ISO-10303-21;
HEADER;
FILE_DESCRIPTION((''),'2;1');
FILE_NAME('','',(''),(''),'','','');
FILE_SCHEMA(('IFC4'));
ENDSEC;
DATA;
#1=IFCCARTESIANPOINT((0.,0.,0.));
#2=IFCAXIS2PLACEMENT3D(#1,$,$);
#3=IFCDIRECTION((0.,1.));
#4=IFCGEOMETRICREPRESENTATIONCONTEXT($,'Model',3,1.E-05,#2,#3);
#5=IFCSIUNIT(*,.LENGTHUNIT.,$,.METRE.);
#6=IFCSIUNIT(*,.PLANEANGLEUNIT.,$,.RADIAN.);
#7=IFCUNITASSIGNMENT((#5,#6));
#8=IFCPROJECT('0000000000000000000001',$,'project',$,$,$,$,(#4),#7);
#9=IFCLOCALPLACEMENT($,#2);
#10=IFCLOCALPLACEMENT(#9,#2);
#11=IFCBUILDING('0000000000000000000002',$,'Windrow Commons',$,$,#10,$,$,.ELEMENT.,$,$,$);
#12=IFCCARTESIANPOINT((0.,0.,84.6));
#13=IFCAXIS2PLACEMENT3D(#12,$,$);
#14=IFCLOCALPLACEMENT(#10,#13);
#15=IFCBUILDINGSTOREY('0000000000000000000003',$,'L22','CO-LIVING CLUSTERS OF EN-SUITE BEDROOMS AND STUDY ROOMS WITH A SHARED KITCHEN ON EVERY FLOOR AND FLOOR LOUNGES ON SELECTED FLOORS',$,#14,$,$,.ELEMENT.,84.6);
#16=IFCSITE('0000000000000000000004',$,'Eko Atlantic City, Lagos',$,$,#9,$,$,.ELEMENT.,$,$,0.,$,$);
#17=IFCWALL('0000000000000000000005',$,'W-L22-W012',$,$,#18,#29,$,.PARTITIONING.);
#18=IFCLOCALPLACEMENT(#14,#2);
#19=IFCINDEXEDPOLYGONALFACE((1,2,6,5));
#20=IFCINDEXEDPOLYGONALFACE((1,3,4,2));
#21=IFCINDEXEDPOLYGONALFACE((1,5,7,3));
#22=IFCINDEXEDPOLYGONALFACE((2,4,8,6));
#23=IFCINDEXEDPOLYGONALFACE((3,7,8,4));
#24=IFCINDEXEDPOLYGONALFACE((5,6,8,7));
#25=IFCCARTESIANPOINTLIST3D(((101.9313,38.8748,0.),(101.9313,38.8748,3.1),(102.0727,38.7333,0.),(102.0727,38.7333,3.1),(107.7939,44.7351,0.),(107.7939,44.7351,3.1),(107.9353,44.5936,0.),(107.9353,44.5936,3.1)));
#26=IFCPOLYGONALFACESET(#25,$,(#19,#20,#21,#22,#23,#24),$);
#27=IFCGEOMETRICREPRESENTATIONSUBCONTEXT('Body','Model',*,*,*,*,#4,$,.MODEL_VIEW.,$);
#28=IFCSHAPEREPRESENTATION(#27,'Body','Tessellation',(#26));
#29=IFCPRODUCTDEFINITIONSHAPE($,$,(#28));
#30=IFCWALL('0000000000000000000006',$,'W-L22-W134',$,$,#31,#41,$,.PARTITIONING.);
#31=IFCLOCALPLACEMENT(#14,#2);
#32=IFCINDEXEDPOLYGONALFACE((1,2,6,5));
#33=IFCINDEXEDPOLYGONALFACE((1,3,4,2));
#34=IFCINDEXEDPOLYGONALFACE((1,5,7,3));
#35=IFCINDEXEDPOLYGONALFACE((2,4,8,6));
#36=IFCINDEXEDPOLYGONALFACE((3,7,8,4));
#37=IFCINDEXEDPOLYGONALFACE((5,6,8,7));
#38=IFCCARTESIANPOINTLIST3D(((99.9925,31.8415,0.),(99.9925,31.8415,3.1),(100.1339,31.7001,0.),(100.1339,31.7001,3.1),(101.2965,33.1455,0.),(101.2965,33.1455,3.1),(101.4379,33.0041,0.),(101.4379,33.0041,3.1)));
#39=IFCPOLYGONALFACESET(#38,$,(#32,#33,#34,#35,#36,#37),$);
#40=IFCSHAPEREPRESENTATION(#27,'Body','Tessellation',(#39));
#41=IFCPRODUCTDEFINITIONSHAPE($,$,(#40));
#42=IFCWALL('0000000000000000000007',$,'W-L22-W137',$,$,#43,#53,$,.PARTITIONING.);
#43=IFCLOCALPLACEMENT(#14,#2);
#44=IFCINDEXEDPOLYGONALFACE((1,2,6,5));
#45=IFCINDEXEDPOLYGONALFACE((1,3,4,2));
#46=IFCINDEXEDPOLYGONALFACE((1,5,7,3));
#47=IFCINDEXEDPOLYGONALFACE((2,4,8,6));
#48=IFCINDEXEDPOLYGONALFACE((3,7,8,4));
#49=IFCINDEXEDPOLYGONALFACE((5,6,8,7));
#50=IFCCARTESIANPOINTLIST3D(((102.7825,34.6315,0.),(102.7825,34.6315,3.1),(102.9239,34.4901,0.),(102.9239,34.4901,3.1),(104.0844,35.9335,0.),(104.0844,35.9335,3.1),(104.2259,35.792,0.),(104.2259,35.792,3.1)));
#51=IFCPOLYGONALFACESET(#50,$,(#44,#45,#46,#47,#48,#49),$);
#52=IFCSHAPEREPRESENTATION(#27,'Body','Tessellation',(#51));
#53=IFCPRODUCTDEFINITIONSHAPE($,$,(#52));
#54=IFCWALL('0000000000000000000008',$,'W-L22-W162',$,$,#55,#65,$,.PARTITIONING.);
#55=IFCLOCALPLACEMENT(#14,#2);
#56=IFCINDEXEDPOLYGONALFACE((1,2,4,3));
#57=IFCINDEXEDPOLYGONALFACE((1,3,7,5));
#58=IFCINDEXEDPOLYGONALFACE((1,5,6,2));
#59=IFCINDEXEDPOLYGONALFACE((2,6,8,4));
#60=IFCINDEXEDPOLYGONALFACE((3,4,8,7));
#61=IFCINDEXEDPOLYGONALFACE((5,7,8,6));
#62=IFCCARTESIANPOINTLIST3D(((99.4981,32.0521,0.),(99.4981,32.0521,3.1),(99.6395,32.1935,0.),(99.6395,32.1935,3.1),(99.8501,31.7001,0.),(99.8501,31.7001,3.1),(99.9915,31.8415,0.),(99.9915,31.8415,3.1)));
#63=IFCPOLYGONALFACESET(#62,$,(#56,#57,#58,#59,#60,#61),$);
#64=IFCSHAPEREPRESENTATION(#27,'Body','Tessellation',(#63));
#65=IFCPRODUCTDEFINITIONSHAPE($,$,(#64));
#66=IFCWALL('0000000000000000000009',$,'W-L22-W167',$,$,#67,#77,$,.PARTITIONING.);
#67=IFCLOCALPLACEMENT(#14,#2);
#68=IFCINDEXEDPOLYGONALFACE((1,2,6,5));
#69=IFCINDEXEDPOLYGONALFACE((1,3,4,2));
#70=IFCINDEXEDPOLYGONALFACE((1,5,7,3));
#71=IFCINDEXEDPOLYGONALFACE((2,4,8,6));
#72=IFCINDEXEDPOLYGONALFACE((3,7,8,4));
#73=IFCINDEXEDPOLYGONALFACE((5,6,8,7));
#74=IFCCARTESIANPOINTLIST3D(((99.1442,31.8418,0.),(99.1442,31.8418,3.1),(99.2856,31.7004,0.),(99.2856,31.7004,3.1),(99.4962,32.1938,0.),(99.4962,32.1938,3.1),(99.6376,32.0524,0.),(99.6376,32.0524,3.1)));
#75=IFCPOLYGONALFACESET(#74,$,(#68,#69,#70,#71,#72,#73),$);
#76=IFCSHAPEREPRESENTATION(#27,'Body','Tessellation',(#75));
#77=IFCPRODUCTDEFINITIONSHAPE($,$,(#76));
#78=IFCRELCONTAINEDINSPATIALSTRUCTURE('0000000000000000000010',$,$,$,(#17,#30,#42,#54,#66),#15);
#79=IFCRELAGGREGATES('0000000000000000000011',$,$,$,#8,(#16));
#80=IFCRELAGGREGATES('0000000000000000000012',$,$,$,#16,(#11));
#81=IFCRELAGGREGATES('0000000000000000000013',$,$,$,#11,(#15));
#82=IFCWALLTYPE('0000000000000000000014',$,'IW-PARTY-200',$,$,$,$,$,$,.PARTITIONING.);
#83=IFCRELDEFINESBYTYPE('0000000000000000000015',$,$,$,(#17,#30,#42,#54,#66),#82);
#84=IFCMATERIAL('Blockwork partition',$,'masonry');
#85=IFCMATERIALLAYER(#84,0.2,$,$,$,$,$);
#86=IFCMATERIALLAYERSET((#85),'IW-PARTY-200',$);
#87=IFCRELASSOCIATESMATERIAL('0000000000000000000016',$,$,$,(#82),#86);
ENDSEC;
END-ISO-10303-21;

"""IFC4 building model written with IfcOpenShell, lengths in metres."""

from ifc_helpers import new_model, si_unit, direction, frame, frame_2d, origin, place, context, subcontext, project, spatial, rectangle, extrude, material, layer, layer_set, type_object, element, save


model = new_model("IFC4")

# Units and contexts
model_context = context("Model", 3, precision=1e-05, world=origin(), true_north=direction((0.0, 1.0)))
body_context = subcontext(model_context, "Body", "Model", "MODEL_VIEW")
ifc_project = project(units=[si_unit("LENGTHUNIT", "METRE"), si_unit("PLANEANGLEUNIT", "RADIAN")], contexts=[model_context])

# Site, building, storey
site_placement = place(None, origin())
site = spatial("IfcSite", under=ifc_project, at=site_placement, Name="Eko Atlantic City, Lagos", CompositionType="ELEMENT", RefElevation=0.0)
building_placement = place(site_placement, origin())
building = spatial("IfcBuilding", under=site, at=building_placement, Name="Windrow Commons", CompositionType="ELEMENT")
storey_placement = place(building_placement, frame((0.0, 0.0, 84.6)))
storey = spatial("IfcBuildingStorey", under=building, at=storey_placement, Name="L22", Description="CO-LIVING CLUSTERS OF EN-SUITE BEDROOMS AND STUDY ROOMS WITH A SHARED KITCHEN ON EVERY FLOOR AND FLOOR LOUNGES ON SELECTED FLOORS", CompositionType="ELEMENT", Elevation=84.6)

# Walls
ifc_material_1 = material(Name="Blockwork partition", Category="masonry")
ifc_layer_1 = layer(ifc_material_1, 0.2)
ifc_layer_set_1 = layer_set([ifc_layer_1], Name="IW-PARTY-200")
wall_type_1 = type_object("IfcWallType", Name="IW-PARTY-200", PredefinedType="PARTITIONING", material=ifc_layer_set_1)
wall_1_placement = place(storey_placement, frame((102.002, 38.804, 0.0), z_axis=(0.0, 0.0, 1.0), x_axis=(0.707239, 0.706974, 0.0)))
element("IfcWall", 1, at=wall_1_placement, inside=storey, type_object=wall_type_1, Name="W-L22-W012", PredefinedType="PARTITIONING", context=body_context, shape_type="SweptSolid", body=[
    extrude(rectangle(XDim=8.2893, YDim=0.2, at=frame_2d((4.1447, 0.0))), origin(), (0.0, 0.0, 1.0), 3.1),
])
wall_2_placement = place(storey_placement, frame((100.0632, 31.7708, 0.0), z_axis=(0.0, 0.0, 1.0), x_axis=(0.707107, 0.707107, 0.0)))
element("IfcWall", 2, at=wall_2_placement, inside=storey, type_object=wall_type_1, Name="W-L22-W134", PredefinedType="PARTITIONING", context=body_context, shape_type="SweptSolid", body=[
    extrude(rectangle(XDim=1.8441, YDim=0.2, at=frame_2d((0.9221, 0.0))), origin(), (0.0, 0.0, 1.0), 3.1),
])
wall_3_placement = place(storey_placement, frame((102.8532, 34.5608, 0.0), z_axis=(0.0, 0.0, 1.0), x_axis=(0.707107, 0.707107, 0.0)))
element("IfcWall", 3, at=wall_3_placement, inside=storey, type_object=wall_type_1, Name="W-L22-W137", PredefinedType="PARTITIONING", context=body_context, shape_type="SweptSolid", body=[
    extrude(rectangle(XDim=1.8413, YDim=0.2, at=frame_2d((0.9206, 0.0))), origin(), (0.0, 0.0, 1.0), 3.1),
])
for number, where, z_axis, x_axis, name in (
    (4, (99.5688, 32.1228, 0.0), (0.0, 0.0, 1.0), (0.707107, -0.707107, 0.0), "W-L22-W162"),
    (5, (99.2149, 31.7711, 0.0), (0.0, 0.0, 1.0), (0.707107, 0.707107, 0.0), "W-L22-W167"),
):
    element("IfcWall", number, at=place(storey_placement, frame(where, z_axis=z_axis, x_axis=x_axis)), inside=storey, type_object=wall_type_1, Name=name, PredefinedType="PARTITIONING", context=body_context, shape_type="SweptSolid", body=[
        extrude(rectangle(XDim=0.4978, YDim=0.2, at=frame_2d((0.2489, 0.0))), origin(), (0.0, 0.0, 1.0), 3.1),
    ])

save(model, "model.ifc")
